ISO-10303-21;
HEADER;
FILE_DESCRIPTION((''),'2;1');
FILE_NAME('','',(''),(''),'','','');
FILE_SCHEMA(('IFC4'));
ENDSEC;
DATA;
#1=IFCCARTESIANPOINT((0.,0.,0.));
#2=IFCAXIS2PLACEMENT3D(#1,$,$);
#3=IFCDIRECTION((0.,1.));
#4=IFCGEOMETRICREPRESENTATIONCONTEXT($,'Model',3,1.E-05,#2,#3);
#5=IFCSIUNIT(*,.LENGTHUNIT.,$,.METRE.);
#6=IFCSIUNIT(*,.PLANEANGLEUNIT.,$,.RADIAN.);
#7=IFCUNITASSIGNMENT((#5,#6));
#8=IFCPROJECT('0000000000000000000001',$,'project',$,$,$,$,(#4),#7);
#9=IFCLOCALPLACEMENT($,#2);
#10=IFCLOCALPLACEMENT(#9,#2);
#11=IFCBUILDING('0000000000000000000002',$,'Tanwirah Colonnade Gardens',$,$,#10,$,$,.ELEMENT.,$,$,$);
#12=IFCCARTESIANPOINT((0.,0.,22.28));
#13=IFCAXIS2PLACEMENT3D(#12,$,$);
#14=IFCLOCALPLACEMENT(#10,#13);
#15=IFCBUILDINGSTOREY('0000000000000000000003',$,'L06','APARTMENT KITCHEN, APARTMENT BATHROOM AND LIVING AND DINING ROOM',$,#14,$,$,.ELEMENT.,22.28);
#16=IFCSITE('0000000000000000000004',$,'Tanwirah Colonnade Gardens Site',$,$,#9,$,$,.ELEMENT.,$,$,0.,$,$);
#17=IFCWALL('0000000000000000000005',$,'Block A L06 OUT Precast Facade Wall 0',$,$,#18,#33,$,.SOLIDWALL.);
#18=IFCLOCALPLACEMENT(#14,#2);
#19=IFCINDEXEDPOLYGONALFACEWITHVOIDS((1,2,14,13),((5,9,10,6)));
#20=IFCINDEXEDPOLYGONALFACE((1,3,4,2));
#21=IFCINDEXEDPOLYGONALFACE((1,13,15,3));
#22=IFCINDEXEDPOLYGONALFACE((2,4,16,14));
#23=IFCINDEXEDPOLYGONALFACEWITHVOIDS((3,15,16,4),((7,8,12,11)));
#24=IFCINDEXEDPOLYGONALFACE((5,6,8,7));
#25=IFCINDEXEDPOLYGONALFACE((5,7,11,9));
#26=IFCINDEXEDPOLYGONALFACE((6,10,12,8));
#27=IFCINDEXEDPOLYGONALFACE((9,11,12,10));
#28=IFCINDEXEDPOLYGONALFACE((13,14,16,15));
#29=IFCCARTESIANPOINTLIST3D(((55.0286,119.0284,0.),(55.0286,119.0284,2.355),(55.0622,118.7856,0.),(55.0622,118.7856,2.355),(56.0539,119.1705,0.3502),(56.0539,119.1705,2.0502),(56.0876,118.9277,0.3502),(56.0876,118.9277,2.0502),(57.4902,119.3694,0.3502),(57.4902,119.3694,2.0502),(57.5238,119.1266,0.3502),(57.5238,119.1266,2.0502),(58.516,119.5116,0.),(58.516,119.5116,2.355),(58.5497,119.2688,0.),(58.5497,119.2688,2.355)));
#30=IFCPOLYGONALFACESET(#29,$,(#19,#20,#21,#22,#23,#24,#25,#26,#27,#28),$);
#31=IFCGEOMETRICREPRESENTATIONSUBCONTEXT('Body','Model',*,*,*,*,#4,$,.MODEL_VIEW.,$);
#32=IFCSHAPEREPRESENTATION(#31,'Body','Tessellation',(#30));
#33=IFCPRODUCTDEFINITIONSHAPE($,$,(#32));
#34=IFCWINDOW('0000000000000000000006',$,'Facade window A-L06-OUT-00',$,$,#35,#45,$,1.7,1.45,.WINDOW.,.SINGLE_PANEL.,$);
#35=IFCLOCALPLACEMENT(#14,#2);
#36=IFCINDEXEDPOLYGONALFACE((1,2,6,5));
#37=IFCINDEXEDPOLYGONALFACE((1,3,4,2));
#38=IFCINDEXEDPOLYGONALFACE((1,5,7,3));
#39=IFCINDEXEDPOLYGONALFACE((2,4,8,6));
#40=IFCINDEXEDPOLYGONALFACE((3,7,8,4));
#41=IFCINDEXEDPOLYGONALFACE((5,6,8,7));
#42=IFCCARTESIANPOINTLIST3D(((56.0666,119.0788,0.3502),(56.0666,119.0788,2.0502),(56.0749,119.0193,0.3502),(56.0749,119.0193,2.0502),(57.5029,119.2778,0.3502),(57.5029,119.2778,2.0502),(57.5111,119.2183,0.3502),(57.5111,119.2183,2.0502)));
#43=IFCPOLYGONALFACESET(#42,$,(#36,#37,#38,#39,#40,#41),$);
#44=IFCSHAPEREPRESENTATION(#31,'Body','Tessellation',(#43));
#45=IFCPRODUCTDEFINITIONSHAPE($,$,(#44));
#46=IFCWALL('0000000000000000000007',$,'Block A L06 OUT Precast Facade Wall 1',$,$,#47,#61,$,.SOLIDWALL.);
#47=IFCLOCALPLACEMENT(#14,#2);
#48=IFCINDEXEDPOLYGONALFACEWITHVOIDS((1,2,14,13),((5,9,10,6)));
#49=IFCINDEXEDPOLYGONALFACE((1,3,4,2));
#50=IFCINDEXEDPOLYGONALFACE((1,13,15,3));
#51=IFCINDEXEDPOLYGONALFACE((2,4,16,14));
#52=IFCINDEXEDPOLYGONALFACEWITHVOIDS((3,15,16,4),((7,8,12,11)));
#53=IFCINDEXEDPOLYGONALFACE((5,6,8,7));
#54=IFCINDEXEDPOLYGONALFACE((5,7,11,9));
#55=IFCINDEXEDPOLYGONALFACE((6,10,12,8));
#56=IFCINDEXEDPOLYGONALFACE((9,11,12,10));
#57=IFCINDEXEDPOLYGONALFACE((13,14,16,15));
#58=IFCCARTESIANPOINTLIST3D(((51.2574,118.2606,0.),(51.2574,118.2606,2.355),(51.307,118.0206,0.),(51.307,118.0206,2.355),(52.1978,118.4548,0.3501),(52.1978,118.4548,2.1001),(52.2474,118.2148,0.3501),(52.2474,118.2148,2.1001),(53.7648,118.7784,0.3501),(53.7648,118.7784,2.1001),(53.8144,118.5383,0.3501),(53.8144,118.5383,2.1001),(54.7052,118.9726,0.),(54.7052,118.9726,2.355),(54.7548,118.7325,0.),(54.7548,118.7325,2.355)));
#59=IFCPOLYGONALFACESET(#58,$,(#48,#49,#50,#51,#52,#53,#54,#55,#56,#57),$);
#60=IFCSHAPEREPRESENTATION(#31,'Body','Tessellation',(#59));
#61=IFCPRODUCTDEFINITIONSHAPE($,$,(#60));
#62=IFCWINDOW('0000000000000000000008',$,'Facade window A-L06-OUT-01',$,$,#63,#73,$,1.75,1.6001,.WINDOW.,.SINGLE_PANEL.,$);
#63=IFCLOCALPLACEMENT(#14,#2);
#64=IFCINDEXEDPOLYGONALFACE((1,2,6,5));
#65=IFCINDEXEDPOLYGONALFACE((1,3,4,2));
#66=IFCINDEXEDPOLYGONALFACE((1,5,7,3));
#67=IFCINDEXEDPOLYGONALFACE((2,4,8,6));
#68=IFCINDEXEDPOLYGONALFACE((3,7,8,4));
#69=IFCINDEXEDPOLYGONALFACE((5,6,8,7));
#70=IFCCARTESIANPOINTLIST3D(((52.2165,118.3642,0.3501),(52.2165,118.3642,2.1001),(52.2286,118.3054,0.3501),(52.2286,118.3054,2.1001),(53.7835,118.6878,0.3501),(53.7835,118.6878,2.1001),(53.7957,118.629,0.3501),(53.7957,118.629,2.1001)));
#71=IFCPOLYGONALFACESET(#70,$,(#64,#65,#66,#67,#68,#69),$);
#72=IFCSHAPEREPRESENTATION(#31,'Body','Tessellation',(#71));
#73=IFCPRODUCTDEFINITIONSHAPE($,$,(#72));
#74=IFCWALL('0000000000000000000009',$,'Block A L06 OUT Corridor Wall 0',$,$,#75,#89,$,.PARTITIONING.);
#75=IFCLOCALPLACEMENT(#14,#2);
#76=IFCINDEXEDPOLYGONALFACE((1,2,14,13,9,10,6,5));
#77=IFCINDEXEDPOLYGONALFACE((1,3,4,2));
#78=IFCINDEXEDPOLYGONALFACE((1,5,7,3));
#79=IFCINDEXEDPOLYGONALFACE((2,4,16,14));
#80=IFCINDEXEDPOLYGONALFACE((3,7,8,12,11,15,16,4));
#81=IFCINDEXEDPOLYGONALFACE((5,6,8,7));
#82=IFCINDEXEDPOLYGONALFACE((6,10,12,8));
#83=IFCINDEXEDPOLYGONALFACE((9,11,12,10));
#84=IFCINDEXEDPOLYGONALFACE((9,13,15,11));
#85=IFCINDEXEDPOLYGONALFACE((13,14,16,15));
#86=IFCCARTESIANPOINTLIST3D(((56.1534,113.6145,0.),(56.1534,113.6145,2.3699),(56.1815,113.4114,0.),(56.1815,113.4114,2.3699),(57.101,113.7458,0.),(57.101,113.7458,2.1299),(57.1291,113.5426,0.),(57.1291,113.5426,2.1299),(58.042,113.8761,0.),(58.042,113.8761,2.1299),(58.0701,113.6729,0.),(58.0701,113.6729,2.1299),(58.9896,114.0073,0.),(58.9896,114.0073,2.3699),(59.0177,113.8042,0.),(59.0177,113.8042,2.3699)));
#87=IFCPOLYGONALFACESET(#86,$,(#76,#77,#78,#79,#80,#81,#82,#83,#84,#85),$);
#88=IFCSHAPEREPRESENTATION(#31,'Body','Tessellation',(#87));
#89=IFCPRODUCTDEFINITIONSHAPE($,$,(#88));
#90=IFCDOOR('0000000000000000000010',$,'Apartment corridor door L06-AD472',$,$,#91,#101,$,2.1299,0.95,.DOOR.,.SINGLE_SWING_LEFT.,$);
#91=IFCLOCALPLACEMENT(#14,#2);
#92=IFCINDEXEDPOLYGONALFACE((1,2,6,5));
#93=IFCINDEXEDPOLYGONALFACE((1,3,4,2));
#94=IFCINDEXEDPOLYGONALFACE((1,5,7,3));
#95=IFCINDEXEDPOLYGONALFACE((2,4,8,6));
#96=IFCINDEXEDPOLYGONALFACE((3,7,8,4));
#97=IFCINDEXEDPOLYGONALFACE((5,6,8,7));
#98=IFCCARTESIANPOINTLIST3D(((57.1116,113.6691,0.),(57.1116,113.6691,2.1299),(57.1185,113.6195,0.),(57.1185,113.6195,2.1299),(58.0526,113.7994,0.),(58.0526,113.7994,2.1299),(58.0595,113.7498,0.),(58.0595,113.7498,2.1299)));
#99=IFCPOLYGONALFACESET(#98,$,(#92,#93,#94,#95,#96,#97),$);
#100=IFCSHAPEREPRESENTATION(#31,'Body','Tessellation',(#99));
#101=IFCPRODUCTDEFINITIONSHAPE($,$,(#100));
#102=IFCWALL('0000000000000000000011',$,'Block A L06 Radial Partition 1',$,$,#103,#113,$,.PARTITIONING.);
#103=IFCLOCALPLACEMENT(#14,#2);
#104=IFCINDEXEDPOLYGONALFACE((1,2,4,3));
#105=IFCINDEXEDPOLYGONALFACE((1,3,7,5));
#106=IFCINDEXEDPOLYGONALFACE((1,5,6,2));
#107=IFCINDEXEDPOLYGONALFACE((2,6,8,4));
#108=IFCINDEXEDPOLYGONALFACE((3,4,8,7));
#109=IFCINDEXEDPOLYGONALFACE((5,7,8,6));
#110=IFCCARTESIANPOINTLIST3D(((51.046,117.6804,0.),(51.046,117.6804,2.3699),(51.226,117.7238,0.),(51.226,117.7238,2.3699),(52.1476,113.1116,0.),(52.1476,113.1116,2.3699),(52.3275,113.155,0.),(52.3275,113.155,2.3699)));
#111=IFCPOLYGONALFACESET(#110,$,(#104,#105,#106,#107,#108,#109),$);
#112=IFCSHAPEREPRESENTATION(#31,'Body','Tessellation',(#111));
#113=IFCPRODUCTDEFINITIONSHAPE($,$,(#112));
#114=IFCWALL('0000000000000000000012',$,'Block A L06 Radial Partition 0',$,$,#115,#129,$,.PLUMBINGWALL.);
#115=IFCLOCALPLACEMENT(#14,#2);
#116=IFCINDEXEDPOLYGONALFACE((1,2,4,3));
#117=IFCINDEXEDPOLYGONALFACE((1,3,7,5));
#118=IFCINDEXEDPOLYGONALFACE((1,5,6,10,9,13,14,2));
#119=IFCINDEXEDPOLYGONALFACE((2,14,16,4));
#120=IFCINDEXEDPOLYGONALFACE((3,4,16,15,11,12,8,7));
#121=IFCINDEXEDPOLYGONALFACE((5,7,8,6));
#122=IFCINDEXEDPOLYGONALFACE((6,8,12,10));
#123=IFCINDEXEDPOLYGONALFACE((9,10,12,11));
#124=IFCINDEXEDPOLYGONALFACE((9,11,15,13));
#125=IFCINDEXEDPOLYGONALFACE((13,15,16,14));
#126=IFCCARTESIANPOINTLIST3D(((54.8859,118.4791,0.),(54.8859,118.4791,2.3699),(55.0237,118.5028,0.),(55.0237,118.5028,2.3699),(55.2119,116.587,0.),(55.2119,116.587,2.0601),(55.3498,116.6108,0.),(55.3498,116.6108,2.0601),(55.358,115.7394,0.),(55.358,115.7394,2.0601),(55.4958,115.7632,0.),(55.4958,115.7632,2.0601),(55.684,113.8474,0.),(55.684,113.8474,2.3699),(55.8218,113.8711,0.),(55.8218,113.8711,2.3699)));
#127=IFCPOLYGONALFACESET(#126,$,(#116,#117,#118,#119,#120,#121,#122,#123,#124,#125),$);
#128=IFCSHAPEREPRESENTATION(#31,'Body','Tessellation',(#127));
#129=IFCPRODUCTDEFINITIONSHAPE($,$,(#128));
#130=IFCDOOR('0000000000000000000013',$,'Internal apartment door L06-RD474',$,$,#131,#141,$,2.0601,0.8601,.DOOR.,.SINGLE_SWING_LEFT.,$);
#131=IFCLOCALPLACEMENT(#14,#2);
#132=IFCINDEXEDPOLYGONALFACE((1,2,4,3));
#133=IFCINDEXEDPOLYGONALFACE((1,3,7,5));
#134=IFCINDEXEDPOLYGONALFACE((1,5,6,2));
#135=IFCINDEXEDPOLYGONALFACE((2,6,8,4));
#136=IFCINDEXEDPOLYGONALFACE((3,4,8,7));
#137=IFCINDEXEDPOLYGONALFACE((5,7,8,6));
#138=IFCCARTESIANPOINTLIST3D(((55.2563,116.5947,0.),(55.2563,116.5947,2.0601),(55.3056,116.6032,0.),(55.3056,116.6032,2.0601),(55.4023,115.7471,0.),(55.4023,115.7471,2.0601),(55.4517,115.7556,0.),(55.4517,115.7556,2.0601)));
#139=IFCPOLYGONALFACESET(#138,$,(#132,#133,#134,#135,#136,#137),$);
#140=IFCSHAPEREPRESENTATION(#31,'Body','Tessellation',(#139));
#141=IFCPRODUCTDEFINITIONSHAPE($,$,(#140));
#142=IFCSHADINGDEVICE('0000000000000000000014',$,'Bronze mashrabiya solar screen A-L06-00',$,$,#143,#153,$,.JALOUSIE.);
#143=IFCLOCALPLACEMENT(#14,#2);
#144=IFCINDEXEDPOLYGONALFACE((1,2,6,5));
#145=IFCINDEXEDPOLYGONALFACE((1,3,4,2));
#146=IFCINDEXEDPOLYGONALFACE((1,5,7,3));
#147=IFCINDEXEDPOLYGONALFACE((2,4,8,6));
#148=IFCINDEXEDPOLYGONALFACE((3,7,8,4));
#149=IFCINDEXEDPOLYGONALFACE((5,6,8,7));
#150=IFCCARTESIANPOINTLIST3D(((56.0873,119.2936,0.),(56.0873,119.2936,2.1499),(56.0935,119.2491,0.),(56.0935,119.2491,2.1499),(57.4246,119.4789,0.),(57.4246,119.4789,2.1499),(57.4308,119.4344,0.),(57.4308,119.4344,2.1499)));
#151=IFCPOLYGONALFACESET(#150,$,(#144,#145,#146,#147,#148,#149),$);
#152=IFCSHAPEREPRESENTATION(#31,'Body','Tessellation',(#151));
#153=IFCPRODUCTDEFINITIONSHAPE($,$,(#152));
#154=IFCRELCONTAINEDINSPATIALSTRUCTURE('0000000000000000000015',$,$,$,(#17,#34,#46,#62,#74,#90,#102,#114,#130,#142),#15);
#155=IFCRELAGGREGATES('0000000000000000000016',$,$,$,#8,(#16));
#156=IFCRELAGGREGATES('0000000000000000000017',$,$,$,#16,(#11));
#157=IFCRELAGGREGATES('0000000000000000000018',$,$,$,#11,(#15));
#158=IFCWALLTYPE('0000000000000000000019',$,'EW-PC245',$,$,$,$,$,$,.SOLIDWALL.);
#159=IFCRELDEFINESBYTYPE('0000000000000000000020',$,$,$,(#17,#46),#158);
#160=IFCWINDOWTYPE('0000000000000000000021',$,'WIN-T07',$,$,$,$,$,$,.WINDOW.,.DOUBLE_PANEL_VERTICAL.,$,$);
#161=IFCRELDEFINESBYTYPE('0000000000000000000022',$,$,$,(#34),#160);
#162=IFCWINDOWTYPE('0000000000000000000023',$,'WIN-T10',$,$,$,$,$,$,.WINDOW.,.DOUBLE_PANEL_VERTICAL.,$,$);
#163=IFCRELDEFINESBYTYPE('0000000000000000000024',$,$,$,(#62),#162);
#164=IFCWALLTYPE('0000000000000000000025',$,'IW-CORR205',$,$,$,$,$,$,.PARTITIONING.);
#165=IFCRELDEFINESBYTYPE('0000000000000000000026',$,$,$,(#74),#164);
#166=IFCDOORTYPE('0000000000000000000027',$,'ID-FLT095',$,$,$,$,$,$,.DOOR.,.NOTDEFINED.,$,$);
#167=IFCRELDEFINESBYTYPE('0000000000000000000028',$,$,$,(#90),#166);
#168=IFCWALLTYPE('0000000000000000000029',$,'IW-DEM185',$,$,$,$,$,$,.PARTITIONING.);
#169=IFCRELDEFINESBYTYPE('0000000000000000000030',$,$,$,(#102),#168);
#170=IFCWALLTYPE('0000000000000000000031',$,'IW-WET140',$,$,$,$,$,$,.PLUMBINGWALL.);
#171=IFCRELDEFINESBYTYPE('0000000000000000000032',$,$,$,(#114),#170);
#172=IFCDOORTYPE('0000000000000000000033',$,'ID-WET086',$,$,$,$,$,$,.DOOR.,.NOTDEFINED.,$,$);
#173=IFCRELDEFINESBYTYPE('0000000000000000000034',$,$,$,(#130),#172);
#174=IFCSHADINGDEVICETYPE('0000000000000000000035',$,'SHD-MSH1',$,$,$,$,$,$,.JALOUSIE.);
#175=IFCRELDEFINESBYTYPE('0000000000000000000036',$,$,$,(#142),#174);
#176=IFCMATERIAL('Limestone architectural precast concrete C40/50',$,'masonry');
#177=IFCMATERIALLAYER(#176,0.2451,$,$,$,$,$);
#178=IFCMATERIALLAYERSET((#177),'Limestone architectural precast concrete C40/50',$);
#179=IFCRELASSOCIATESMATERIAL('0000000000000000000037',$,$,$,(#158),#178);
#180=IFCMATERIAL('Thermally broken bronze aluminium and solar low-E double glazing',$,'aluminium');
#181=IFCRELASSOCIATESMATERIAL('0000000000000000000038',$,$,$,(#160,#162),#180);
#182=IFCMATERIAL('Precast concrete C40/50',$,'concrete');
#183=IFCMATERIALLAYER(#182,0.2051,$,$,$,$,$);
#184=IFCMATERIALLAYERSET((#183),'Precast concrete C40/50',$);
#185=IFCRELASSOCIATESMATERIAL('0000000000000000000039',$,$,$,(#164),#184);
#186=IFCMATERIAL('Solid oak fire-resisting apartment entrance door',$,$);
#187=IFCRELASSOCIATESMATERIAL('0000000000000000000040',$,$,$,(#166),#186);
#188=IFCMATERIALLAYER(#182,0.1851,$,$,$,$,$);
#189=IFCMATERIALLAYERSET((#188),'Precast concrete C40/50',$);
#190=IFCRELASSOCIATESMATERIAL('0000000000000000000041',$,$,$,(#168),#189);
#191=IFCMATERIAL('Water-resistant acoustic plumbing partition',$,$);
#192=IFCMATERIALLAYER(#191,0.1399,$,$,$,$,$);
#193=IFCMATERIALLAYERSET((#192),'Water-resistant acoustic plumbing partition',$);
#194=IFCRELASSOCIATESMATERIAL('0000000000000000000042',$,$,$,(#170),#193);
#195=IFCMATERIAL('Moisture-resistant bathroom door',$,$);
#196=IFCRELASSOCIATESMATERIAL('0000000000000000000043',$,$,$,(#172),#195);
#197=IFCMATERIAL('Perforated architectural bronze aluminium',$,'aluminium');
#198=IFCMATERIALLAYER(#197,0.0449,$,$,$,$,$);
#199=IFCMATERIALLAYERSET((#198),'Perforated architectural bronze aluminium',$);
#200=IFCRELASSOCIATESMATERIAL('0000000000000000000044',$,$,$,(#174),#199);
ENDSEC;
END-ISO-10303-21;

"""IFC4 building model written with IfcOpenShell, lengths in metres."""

from ifc_helpers import new_model, si_unit, direction, frame, frame_2d, origin, origin_2d, place, context, subcontext, project, spatial, rectangle, extrude, material, layer, layer_set, type_object, element, fill, save


model = new_model("IFC4")

# Units and contexts
model_context = context("Model", 3, precision=1e-05, world=origin(), true_north=direction((0.0, 1.0)))
body_context = subcontext(model_context, "Body", "Model", "MODEL_VIEW")
ifc_project = project(units=[si_unit("LENGTHUNIT", "METRE"), si_unit("PLANEANGLEUNIT", "RADIAN")], contexts=[model_context])

# Site, building, storey
site_placement = place(None, origin())
site = spatial("IfcSite", under=ifc_project, at=site_placement, Name="Tanwirah Colonnade Gardens Site", CompositionType="ELEMENT", RefElevation=0.0)
building_placement = place(site_placement, origin())
building = spatial("IfcBuilding", under=site, at=building_placement, Name="Tanwirah Colonnade Gardens", CompositionType="ELEMENT")
storey_placement = place(building_placement, frame((0.0, 0.0, 22.28)))
storey = spatial("IfcBuildingStorey", under=building, at=storey_placement, Name="L06", Description="APARTMENT KITCHEN, APARTMENT BATHROOM AND LIVING AND DINING ROOM", CompositionType="ELEMENT", Elevation=22.28)

# Shared definitions
ifc_material_1 = material(Name="Precast concrete C40/50", Category="concrete")

# Walls, openings, windows
ifc_material_2 = material(Name="Limestone architectural precast concrete C40/50", Category="masonry")
ifc_layer_1 = layer(ifc_material_2, 0.2451)
ifc_layer_set_1 = layer_set([ifc_layer_1], Name="Limestone architectural precast concrete C40/50")
wall_type_1 = type_object("IfcWallType", Name="EW-PC245", PredefinedType="SOLIDWALL", material=ifc_layer_set_1)
wall_1_placement = place(storey_placement, frame((58.5327, 119.3901, 0.0), z_axis=(0.0, 0.0, 1.0), x_axis=(-0.99054, -0.137226, 0.0)))
wall_1 = element("IfcWall", 1, at=wall_1_placement, inside=storey, type_object=wall_type_1, Name="Block A L06 OUT Precast Facade Wall 0", PredefinedType="SOLIDWALL", context=body_context, shape_type="SweptSolid", body=[
    extrude(rectangle(XDim=3.5208, YDim=0.2451, at=frame_2d((1.7603, 0.0))), origin(), (0.0, 0.0, 1.0), 2.355),
])
opening_1_placement = place(wall_1_placement, frame((1.0354, 0.0, 0.3501)))
opening_1 = element("IfcOpeningElement", 2, at=opening_1_placement, cuts=wall_1, PredefinedType="OPENING", context=body_context, shape_type="SweptSolid", body=[
    extrude(rectangle(XDim=1.45, YDim=1.7, at=frame_2d((0.7251, 0.8501))), frame((0.0, 0.1326, 0.0), z_axis=(0.0, -1.0, 0.0), x_axis=(1.0, 0.0, 0.0)), (0.0, 0.0, 1.0), 0.2651),
])
ifc_material_3 = material(Name="Thermally broken bronze aluminium and solar low-E double glazing", Category="aluminium")
window_type_1 = type_object("IfcWindowType", Name="WIN-T07", PartitioningType="DOUBLE_PANEL_VERTICAL", PredefinedType="WINDOW", material=ifc_material_3)
window_1_placement = place(opening_1_placement, origin())
window_1 = element("IfcWindow", 3, at=window_1_placement, inside=storey, type_object=window_type_1, Name="Facade window A-L06-OUT-00", OverallHeight=1.7, OverallWidth=1.45, PartitioningType="SINGLE_PANEL", PredefinedType="WINDOW", context=body_context, shape_type="SweptSolid", body=[
    extrude(rectangle(XDim=1.45, YDim=1.7, at=frame_2d((0.7251, 0.8501))), frame((0.0, 0.03, 0.0), z_axis=(0.0, -1.0, 0.0), x_axis=(1.0, 0.0, 0.0)), (0.0, 0.0, 1.0), 0.0601),
])
fill(opening_1, window_1)
wall_2_placement = place(storey_placement, frame((54.73, 118.8525, 0.0), z_axis=(0.0, 0.0, 1.0), x_axis=(-0.97934, -0.20222, 0.0)))
wall_2 = element("IfcWall", 4, at=wall_2_placement, inside=storey, type_object=wall_type_1, Name="Block A L06 OUT Precast Facade Wall 1", PredefinedType="SOLIDWALL", context=body_context, shape_type="SweptSolid", body=[
    extrude(rectangle(XDim=3.5205, YDim=0.2451, at=frame_2d((1.7603, 0.0))), origin(), (0.0, 0.0, 1.0), 2.355),
])
opening_2_placement = place(wall_2_placement, frame((0.9602, 0.0, 0.3501)))
opening_2 = element("IfcOpeningElement", 5, at=opening_2_placement, cuts=wall_2, PredefinedType="OPENING", context=body_context, shape_type="SweptSolid", body=[
    extrude(rectangle(XDim=1.6001, YDim=1.75, at=frame_2d((0.8, 0.875))), frame((0.0, 0.1326, 0.0), z_axis=(0.0, -1.0, 0.0), x_axis=(1.0, 0.0, 0.0)), (0.0, 0.0, 1.0), 0.2651),
])
window_type_2 = type_object("IfcWindowType", Name="WIN-T10", PartitioningType="DOUBLE_PANEL_VERTICAL", PredefinedType="WINDOW", material=ifc_material_3)
window_2_placement = place(opening_2_placement, origin())
window_2 = element("IfcWindow", 6, at=window_2_placement, inside=storey, type_object=window_type_2, Name="Facade window A-L06-OUT-01", OverallHeight=1.75, OverallWidth=1.6001, PartitioningType="SINGLE_PANEL", PredefinedType="WINDOW", context=body_context, shape_type="SweptSolid", body=[
    extrude(rectangle(XDim=1.6001, YDim=1.75, at=frame_2d((0.8, 0.875))), frame((0.0, 0.03, 0.0), z_axis=(0.0, -1.0, 0.0), x_axis=(1.0, 0.0, 0.0)), (0.0, 0.0, 1.0), 0.0601),
])
fill(opening_2, window_2)

# Wall, opening, door
ifc_layer_2 = layer(ifc_material_1, 0.2051)
ifc_layer_set_2 = layer_set([ifc_layer_2], Name="Precast concrete C40/50")
wall_type_2 = type_object("IfcWallType", Name="IW-CORR205", PredefinedType="PARTITIONING", material=ifc_layer_set_2)
wall_3_placement = place(storey_placement, frame((59.0037, 113.9058, 0.0), z_axis=(0.0, 0.0, 1.0), x_axis=(-0.990544, -0.137194, 0.0)))
wall_3 = element("IfcWall", 7, at=wall_3_placement, inside=storey, type_object=wall_type_2, Name="Block A L06 OUT Corridor Wall 0", PredefinedType="PARTITIONING", context=body_context, shape_type="SweptSolid", body=[
    extrude(rectangle(XDim=2.8633, YDim=0.2051, at=frame_2d((1.4316, 0.0))), origin(), (0.0, 0.0, 1.0), 2.3699),
])
opening_3_placement = place(wall_3_placement, frame((0.9565, 0.0, 0.0)))
opening_3 = element("IfcOpeningElement", 8, at=opening_3_placement, cuts=wall_3, PredefinedType="OPENING", context=body_context, shape_type="SweptSolid", body=[
    extrude(rectangle(XDim=0.95, YDim=2.1299, at=frame_2d((0.4751, 1.0649))), frame((0.0, 0.1125, 0.0), z_axis=(0.0, -1.0, 0.0), x_axis=(1.0, 0.0, 0.0)), (0.0, 0.0, 1.0), 0.2251),
])
ifc_material_4 = material(Name="Solid oak fire-resisting apartment entrance door")
door_type_1 = type_object("IfcDoorType", Name="ID-FLT095", OperationType="NOTDEFINED", PredefinedType="DOOR", material=ifc_material_4)
door_1_placement = place(opening_3_placement, origin())
door_1 = element("IfcDoor", 9, at=door_1_placement, inside=storey, type_object=door_type_1, Name="Apartment corridor door L06-AD472", OperationType="SINGLE_SWING_LEFT", OverallHeight=2.1299, OverallWidth=0.95, PredefinedType="DOOR", context=body_context, shape_type="SweptSolid", body=[
    extrude(rectangle(XDim=0.95, YDim=2.1299, at=frame_2d((0.4751, 1.0649))), frame((0.0, 0.0249, 0.0), z_axis=(0.0, -1.0, 0.0), x_axis=(1.0, 0.0, 0.0)), (0.0, 0.0, 1.0), 0.05),
])
fill(opening_3, door_1)

# Wall
ifc_layer_3 = layer(ifc_material_1, 0.1851)
ifc_layer_set_3 = layer_set([ifc_layer_3], Name="Precast concrete C40/50")
wall_type_3 = type_object("IfcWallType", Name="IW-DEM185", PredefinedType="PARTITIONING", material=ifc_layer_set_3)
wall_4_placement = place(storey_placement, frame((52.2375, 113.1333, 0.0), z_axis=(0.0, 0.0, 1.0), x_axis=(-0.234387, 0.972143, 0.0)))
element("IfcWall", 10, at=wall_4_placement, inside=storey, type_object=wall_type_3, Name="Block A L06 Radial Partition 1", PredefinedType="PARTITIONING", context=body_context, shape_type="SweptSolid", body=[
    extrude(rectangle(XDim=4.6997, YDim=0.1851, at=frame_2d((2.3499, 0.0))), origin(), (0.0, 0.0, 1.0), 2.3699),
])

# Wall, opening, door
ifc_material_5 = material(Name="Water-resistant acoustic plumbing partition")
ifc_layer_4 = layer(ifc_material_5, 0.1399)
ifc_layer_set_4 = layer_set([ifc_layer_4], Name="Water-resistant acoustic plumbing partition")
wall_type_4 = type_object("IfcWallType", Name="IW-WET140", PredefinedType="PLUMBINGWALL", material=ifc_layer_set_4)
wall_5_placement = place(storey_placement, frame((55.7529, 113.8591, 0.0), z_axis=(0.0, 0.0, 1.0), x_axis=(-0.169813, 0.985476, 0.0)))
wall_5 = element("IfcWall", 11, at=wall_5_placement, inside=storey, type_object=wall_type_4, Name="Block A L06 Radial Partition 0", PredefinedType="PLUMBINGWALL", context=body_context, shape_type="SweptSolid", body=[
    extrude(rectangle(XDim=4.7, YDim=0.1399, at=frame_2d((2.3501, 0.0))), origin(), (0.0, 0.0, 1.0), 2.3699),
])
opening_4_placement = place(wall_5_placement, frame((1.9199, 0.0, 0.0)))
opening_4 = element("IfcOpeningElement", 12, at=opening_4_placement, cuts=wall_5, PredefinedType="OPENING", context=body_context, shape_type="SweptSolid", body=[
    extrude(rectangle(XDim=0.8601, YDim=2.0601, at=frame_2d((0.4302, 1.03))), frame((0.0, 0.0798, 0.0), z_axis=(0.0, -1.0, 0.0), x_axis=(1.0, 0.0, 0.0)), (0.0, 0.0, 1.0), 0.1599),
])
ifc_material_6 = material(Name="Moisture-resistant bathroom door")
door_type_2 = type_object("IfcDoorType", Name="ID-WET086", OperationType="NOTDEFINED", PredefinedType="DOOR", material=ifc_material_6)
door_2_placement = place(opening_4_placement, origin())
door_2 = element("IfcDoor", 13, at=door_2_placement, inside=storey, type_object=door_type_2, Name="Internal apartment door L06-RD474", OperationType="SINGLE_SWING_LEFT", OverallHeight=2.0601, OverallWidth=0.8601, PredefinedType="DOOR", context=body_context, shape_type="SweptSolid", body=[
    extrude(rectangle(XDim=0.8601, YDim=2.0601, at=frame_2d((0.4302, 1.03))), frame((0.0, 0.0249, 0.0), z_axis=(0.0, -1.0, 0.0), x_axis=(1.0, 0.0, 0.0)), (0.0, 0.0, 1.0), 0.05),
])
fill(opening_4, door_2)

# Shading device
ifc_material_7 = material(Name="Perforated architectural bronze aluminium", Category="aluminium")
ifc_layer_5 = layer(ifc_material_7, 0.0449)
ifc_layer_set_5 = layer_set([ifc_layer_5], Name="Perforated architectural bronze aluminium")
shading_device_type = type_object("IfcShadingDeviceType", Name="SHD-MSH1", PredefinedType="JALOUSIE", material=ifc_layer_set_5)
shading_device_placement = place(storey_placement, frame((56.759, 119.364, 0.0), z_axis=(0.0, 0.0, 1.0), x_axis=(-0.990536, -0.137251, 0.0)))
element("IfcShadingDevice", 14, at=shading_device_placement, inside=storey, type_object=shading_device_type, Name="Bronze mashrabiya solar screen A-L06-00", PredefinedType="JALOUSIE", context=body_context, shape_type="SweptSolid", body=[
    extrude(rectangle(XDim=1.3501, YDim=0.0449, at=origin_2d()), origin(), (0.0, 0.0, 1.0), 2.1499),
])

save(model, "model.ifc")
